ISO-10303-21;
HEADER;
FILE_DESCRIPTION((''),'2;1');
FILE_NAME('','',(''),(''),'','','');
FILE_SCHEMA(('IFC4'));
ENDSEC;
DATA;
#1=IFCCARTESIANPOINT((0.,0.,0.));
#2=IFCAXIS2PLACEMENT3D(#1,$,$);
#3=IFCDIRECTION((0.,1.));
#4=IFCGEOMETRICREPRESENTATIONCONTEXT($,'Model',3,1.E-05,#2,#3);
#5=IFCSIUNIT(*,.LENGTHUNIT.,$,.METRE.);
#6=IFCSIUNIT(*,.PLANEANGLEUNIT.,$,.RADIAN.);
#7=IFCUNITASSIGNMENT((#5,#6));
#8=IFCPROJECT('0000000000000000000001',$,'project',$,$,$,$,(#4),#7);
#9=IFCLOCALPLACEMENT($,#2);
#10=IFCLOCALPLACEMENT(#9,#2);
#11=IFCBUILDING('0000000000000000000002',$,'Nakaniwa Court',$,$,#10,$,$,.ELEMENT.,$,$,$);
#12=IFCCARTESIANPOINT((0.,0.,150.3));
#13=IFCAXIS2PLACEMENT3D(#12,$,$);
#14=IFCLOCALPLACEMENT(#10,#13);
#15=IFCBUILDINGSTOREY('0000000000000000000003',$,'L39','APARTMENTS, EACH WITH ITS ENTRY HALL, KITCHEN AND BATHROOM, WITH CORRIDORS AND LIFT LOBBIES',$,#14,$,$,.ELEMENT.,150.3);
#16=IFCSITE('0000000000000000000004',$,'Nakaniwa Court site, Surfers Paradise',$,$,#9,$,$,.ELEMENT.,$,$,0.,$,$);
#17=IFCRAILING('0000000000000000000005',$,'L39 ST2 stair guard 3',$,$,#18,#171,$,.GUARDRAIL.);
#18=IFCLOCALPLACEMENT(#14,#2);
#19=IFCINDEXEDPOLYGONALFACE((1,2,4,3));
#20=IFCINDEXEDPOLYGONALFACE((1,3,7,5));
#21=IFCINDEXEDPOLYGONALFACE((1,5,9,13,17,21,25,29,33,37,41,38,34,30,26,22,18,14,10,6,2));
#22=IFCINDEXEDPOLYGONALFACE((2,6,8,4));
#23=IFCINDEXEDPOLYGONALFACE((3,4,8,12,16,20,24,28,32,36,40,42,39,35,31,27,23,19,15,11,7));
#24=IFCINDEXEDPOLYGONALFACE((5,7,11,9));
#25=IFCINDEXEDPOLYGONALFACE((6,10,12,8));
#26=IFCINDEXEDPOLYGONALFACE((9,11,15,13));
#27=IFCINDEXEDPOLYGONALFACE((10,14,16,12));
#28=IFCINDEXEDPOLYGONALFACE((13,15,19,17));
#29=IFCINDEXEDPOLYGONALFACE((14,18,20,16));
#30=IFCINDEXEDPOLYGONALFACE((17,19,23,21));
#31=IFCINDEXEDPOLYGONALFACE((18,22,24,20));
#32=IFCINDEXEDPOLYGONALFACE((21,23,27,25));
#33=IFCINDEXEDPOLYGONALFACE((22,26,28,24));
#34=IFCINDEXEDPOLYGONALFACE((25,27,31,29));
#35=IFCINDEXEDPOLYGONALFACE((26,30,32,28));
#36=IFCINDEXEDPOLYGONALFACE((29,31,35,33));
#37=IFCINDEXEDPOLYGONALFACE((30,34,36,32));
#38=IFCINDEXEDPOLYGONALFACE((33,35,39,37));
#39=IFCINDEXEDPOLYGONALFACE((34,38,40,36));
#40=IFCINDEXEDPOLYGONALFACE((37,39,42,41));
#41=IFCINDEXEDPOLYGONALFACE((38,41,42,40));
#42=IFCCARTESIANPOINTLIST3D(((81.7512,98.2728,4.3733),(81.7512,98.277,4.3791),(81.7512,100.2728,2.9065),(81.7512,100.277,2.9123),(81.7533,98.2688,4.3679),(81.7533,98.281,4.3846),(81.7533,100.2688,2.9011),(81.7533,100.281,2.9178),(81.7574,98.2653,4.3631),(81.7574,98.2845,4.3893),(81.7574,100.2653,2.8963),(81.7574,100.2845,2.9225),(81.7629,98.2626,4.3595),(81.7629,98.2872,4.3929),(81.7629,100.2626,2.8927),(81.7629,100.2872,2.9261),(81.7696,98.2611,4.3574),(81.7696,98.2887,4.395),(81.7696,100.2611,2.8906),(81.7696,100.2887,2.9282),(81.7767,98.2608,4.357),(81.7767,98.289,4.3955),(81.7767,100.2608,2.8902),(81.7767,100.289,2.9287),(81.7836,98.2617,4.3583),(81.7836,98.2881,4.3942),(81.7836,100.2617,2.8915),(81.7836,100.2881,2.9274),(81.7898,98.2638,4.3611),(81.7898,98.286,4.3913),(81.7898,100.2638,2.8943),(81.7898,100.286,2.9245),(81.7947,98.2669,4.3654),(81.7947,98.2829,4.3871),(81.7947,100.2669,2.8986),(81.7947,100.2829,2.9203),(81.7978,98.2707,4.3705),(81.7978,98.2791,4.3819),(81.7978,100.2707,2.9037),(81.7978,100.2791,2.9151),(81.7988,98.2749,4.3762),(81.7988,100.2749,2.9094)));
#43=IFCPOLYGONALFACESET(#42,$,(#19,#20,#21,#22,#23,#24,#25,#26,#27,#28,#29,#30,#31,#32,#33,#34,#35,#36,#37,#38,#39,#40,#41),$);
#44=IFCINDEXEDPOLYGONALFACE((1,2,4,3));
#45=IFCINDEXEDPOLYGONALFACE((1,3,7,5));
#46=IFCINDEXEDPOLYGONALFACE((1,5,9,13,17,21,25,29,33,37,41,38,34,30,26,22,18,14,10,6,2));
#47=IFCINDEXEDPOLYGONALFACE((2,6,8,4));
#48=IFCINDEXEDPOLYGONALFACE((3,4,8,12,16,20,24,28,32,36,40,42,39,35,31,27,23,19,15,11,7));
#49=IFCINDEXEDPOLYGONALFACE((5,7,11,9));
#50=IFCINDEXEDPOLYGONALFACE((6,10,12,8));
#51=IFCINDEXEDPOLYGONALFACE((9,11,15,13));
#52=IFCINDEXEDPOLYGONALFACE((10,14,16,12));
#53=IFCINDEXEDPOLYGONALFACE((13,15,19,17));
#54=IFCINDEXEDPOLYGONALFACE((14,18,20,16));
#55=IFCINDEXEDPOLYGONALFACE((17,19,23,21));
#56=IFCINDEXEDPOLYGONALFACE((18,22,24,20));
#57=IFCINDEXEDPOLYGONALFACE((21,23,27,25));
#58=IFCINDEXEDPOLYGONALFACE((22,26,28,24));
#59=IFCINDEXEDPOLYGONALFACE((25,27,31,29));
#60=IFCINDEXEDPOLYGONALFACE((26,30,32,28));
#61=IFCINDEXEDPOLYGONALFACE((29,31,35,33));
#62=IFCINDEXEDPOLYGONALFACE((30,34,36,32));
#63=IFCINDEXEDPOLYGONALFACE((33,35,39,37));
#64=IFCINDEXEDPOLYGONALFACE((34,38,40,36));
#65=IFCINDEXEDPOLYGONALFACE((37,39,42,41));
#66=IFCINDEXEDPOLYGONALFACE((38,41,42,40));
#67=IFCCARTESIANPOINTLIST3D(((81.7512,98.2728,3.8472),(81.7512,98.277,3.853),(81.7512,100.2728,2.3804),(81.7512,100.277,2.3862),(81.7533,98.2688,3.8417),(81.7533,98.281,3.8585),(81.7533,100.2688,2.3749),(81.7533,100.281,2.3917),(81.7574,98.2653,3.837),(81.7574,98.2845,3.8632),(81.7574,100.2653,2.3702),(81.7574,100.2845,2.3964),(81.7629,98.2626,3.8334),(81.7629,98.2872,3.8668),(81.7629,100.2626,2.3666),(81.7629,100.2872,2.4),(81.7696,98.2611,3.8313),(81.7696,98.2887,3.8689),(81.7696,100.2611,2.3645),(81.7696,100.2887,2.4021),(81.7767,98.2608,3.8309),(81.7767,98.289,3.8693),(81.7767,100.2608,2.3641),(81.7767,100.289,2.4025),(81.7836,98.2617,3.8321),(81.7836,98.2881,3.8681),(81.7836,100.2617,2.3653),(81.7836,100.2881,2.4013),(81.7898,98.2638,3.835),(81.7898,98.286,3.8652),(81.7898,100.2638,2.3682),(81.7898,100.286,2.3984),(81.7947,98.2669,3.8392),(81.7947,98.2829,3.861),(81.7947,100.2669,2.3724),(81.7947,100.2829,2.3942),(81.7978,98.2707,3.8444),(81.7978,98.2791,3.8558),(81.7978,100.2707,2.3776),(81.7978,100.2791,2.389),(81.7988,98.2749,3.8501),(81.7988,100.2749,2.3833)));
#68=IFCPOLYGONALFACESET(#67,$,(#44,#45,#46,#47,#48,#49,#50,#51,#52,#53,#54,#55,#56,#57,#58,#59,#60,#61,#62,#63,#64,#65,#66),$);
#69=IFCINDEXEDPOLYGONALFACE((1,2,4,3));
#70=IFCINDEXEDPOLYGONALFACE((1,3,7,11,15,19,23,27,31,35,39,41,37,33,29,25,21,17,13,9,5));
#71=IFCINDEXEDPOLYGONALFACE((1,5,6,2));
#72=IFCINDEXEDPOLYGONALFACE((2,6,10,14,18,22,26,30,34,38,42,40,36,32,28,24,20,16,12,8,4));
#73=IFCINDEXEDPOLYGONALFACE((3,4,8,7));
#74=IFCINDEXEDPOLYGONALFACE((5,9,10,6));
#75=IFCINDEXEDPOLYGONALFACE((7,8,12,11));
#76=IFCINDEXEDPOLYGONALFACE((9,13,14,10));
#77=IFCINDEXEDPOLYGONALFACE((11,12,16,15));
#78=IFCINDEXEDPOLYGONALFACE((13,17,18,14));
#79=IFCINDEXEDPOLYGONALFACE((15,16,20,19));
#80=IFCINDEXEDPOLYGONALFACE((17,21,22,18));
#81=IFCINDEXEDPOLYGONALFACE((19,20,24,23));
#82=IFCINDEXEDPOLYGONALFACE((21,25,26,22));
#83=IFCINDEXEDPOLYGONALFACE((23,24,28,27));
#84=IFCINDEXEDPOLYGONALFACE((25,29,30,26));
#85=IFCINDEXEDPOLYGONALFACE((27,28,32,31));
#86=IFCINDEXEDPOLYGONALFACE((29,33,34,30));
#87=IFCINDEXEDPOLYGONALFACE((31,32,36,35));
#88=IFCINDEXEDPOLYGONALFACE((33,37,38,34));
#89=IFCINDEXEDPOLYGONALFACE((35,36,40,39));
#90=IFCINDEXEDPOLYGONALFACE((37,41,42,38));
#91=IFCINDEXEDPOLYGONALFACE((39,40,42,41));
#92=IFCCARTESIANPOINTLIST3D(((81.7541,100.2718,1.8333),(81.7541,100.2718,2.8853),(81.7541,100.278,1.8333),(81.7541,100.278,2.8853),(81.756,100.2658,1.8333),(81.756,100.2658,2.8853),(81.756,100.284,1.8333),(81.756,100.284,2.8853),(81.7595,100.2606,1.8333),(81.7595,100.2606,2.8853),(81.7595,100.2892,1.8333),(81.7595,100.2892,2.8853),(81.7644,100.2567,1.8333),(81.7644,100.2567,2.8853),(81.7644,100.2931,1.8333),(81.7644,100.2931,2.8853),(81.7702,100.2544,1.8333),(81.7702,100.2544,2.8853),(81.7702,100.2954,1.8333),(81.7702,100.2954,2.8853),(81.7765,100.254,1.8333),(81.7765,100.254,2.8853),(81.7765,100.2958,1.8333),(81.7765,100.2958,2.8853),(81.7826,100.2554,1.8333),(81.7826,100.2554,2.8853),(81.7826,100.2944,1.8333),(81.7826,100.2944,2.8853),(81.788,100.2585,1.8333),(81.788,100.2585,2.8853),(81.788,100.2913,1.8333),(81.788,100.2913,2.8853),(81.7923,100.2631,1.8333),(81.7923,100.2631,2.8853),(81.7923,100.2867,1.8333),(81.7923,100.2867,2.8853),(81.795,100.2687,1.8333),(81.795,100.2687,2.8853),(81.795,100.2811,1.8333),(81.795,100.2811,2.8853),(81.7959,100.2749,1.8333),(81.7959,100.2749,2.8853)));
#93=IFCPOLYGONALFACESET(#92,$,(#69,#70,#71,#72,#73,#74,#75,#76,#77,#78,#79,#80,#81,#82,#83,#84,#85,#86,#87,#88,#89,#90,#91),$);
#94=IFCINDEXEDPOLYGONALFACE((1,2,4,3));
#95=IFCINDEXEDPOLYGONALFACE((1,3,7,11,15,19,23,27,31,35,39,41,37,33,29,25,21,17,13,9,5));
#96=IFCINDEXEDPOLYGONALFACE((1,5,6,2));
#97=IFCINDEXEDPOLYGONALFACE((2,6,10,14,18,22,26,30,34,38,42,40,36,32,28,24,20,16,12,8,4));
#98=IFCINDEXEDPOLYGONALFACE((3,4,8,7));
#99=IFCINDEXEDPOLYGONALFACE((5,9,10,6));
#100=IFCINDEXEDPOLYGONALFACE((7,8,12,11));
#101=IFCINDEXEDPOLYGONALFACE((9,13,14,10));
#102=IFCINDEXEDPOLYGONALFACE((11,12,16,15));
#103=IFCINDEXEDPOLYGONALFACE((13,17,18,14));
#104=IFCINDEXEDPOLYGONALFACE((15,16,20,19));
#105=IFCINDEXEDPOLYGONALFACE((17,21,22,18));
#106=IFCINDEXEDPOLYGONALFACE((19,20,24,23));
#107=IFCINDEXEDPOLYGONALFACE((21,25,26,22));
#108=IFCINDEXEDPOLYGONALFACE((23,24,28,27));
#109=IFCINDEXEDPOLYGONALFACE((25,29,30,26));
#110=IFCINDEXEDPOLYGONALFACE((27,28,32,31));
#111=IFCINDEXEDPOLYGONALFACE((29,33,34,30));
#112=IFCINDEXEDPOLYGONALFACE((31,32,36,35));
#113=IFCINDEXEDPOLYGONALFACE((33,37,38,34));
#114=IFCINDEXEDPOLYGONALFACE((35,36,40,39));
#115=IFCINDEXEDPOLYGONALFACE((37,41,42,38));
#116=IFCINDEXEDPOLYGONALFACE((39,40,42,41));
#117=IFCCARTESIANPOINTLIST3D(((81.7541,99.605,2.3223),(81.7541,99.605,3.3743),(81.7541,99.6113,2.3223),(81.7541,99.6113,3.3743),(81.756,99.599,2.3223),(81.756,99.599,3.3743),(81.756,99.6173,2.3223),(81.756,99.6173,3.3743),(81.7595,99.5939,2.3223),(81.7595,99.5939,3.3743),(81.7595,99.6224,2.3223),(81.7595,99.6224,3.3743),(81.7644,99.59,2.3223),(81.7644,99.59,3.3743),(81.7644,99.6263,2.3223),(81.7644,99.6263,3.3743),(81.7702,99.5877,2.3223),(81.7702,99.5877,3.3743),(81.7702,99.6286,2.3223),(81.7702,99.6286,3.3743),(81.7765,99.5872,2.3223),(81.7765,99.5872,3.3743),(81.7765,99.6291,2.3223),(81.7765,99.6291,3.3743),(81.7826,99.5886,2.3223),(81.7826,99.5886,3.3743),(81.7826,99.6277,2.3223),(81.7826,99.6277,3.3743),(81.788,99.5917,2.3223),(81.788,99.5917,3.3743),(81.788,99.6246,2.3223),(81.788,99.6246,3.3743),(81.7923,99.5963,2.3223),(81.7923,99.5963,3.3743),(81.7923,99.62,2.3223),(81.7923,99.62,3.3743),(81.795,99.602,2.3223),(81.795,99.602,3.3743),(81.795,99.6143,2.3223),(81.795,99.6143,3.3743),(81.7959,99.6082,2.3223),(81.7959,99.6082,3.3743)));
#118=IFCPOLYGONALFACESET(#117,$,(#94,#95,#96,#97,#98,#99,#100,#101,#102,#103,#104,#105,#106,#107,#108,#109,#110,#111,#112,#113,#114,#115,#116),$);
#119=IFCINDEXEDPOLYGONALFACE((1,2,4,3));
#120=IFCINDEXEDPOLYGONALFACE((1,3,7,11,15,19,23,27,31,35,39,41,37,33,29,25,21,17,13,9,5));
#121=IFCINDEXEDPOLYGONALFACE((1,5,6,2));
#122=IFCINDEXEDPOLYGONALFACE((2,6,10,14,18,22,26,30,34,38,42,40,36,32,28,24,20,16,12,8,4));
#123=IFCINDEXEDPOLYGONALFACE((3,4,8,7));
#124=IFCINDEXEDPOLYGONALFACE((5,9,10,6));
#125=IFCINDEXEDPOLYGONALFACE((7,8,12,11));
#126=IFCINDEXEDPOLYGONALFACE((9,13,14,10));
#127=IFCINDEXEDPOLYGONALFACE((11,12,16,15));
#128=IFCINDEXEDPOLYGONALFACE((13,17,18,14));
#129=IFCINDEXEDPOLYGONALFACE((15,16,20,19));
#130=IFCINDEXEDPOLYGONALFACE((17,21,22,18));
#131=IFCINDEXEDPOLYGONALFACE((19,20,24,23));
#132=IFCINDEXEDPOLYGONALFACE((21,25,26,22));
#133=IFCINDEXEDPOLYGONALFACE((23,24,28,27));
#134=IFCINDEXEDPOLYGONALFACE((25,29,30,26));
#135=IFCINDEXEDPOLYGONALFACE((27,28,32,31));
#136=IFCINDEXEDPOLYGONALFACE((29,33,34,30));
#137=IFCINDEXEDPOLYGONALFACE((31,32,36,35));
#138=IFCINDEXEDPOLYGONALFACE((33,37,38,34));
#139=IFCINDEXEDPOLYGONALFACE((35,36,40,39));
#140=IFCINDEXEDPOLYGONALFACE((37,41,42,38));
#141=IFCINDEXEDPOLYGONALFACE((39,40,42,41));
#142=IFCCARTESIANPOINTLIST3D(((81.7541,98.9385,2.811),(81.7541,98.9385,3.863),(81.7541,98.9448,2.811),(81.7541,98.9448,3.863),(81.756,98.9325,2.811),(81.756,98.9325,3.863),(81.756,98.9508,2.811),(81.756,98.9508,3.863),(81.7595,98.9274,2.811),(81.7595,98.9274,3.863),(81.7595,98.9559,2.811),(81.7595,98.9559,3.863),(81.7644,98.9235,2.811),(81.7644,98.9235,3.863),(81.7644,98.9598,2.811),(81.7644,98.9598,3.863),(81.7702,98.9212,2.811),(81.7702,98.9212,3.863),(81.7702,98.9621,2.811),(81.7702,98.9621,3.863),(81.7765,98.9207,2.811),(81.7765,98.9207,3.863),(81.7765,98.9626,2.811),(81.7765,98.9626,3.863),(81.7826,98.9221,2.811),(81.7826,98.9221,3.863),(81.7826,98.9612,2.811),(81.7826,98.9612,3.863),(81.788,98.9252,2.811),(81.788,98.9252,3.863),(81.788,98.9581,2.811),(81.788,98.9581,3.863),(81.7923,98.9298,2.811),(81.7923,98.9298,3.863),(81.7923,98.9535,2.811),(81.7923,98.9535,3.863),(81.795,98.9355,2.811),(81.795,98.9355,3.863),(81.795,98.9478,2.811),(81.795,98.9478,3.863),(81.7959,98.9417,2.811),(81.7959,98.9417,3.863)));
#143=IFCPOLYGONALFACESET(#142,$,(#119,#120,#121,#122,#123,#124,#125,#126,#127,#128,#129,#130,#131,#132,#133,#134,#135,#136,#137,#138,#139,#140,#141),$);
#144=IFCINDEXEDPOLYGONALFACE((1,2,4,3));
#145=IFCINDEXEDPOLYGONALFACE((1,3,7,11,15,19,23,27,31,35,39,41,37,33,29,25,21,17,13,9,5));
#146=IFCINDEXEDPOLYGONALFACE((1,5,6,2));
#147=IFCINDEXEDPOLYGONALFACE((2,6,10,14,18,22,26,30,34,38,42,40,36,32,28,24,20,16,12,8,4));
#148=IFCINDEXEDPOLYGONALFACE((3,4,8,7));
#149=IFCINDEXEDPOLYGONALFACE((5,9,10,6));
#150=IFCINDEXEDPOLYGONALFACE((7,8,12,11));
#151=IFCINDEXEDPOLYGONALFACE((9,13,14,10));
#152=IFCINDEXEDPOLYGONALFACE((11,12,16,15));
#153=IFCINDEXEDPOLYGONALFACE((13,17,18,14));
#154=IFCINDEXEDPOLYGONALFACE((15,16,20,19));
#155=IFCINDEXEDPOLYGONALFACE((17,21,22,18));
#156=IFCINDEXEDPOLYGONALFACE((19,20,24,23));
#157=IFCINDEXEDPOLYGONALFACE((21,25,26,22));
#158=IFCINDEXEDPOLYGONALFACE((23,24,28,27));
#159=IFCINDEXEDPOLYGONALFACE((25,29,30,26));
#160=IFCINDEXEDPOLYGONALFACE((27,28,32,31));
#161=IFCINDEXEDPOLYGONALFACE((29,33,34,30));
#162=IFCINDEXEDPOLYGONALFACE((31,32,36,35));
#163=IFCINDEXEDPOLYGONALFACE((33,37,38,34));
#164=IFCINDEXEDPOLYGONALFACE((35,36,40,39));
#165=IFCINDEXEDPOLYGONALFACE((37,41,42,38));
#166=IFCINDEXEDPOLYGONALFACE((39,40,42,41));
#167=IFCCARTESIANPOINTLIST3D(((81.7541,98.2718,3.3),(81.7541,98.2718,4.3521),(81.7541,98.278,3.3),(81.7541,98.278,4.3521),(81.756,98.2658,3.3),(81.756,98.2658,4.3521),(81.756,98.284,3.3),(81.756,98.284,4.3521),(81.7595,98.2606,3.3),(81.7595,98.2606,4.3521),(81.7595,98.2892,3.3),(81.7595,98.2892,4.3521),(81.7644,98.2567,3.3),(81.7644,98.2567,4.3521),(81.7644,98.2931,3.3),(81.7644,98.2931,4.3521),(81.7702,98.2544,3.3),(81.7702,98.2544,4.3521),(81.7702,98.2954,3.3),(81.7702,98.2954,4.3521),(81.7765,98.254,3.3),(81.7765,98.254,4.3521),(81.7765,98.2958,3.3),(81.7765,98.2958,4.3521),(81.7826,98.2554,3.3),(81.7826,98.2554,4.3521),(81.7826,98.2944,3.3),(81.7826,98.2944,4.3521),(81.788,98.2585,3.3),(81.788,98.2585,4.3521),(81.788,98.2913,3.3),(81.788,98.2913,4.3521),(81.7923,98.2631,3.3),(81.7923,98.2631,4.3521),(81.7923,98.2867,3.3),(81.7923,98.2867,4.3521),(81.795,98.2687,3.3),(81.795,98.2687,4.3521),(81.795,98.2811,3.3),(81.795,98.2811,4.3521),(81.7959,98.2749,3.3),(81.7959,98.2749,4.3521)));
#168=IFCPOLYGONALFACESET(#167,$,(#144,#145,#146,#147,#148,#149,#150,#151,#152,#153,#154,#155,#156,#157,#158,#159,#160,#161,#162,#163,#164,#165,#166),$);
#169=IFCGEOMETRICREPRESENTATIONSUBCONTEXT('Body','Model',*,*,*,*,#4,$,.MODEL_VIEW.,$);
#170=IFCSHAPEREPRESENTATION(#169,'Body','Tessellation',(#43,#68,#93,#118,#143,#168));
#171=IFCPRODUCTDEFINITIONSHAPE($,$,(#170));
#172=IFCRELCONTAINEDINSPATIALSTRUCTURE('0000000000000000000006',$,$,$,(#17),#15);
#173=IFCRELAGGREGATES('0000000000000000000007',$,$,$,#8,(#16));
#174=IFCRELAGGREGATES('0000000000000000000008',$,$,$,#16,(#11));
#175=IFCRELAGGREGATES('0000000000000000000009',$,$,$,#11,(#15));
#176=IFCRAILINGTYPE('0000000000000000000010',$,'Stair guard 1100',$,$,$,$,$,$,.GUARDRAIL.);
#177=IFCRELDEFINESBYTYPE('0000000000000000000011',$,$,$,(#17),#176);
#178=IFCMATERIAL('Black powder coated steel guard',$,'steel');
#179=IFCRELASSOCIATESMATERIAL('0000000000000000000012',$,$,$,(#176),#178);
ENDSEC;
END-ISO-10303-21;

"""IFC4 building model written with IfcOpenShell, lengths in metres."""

from ifc_helpers import new_model, si_unit, direction, frame, origin, origin_2d, place, context, subcontext, project, spatial, circle, extrude, material, type_object, element, save


model = new_model("IFC4")

# Units and contexts
model_context = context("Model", 3, precision=1e-05, world=origin(), true_north=direction((0.0, 1.0)))
body_context = subcontext(model_context, "Body", "Model", "MODEL_VIEW")
ifc_project = project(units=[si_unit("LENGTHUNIT", "METRE"), si_unit("PLANEANGLEUNIT", "RADIAN")], contexts=[model_context])

# Site, building, storey
site_placement = place(None, origin())
site = spatial("IfcSite", under=ifc_project, at=site_placement, Name="Nakaniwa Court site, Surfers Paradise", CompositionType="ELEMENT", RefElevation=0.0)
building_placement = place(site_placement, origin())
building = spatial("IfcBuilding", under=site, at=building_placement, Name="Nakaniwa Court", CompositionType="ELEMENT")
storey_placement = place(building_placement, frame((0.0, 0.0, 150.3)))
storey = spatial("IfcBuildingStorey", under=building, at=storey_placement, Name="L39", Description="APARTMENTS, EACH WITH ITS ENTRY HALL, KITCHEN AND BATHROOM, WITH CORRIDORS AND LIFT LOBBIES", CompositionType="ELEMENT", Elevation=150.3)

# Railing
ifc_material_1 = material(Name="Black powder coated steel guard", Category="steel")
railing_type_1 = type_object("IfcRailingType", Name="Stair guard 1100", PredefinedType="GUARDRAIL", material=ifc_material_1)
railing_1_placement = place(storey_placement, frame((81.7749, 100.2749, 1.8333)))
element("IfcRailing", 1, at=railing_1_placement, inside=storey, type_object=railing_type_1, Name="L39 ST2 stair guard 3", PredefinedType="GUARDRAIL", context=body_context, shape_type="SweptSolid", body=[
    extrude(circle(Radius=0.0239, at=origin_2d()), frame((0.0, 0.0, 1.0762), z_axis=(0.0, -0.80638, 0.591398), x_axis=(1.0, 0.0, 0.0)), (0.0, 0.0, 1.0), 2.4802),
    extrude(circle(Radius=0.0239, at=origin_2d()), frame((0.0, 0.0, 0.55), z_axis=(0.0, -0.80638, 0.591398), x_axis=(1.0, 0.0, 0.0)), (0.0, 0.0, 1.0), 2.4802),
    extrude(circle(Radius=0.021, at=origin_2d()), origin(), (0.0, 0.0, 1.0), 1.052),
    extrude(circle(Radius=0.021, at=origin_2d()), frame((0.0, -0.6667, 0.489)), (0.0, 0.0, 1.0), 1.052),
    extrude(circle(Radius=0.021, at=origin_2d()), frame((0.0, -1.3333, 0.9778)), (0.0, 0.0, 1.0), 1.052),
    extrude(circle(Radius=0.021, at=origin_2d()), frame((0.0, -2.0, 1.4668)), (0.0, 0.0, 1.0), 1.052),
])

save(model, "model.ifc")
